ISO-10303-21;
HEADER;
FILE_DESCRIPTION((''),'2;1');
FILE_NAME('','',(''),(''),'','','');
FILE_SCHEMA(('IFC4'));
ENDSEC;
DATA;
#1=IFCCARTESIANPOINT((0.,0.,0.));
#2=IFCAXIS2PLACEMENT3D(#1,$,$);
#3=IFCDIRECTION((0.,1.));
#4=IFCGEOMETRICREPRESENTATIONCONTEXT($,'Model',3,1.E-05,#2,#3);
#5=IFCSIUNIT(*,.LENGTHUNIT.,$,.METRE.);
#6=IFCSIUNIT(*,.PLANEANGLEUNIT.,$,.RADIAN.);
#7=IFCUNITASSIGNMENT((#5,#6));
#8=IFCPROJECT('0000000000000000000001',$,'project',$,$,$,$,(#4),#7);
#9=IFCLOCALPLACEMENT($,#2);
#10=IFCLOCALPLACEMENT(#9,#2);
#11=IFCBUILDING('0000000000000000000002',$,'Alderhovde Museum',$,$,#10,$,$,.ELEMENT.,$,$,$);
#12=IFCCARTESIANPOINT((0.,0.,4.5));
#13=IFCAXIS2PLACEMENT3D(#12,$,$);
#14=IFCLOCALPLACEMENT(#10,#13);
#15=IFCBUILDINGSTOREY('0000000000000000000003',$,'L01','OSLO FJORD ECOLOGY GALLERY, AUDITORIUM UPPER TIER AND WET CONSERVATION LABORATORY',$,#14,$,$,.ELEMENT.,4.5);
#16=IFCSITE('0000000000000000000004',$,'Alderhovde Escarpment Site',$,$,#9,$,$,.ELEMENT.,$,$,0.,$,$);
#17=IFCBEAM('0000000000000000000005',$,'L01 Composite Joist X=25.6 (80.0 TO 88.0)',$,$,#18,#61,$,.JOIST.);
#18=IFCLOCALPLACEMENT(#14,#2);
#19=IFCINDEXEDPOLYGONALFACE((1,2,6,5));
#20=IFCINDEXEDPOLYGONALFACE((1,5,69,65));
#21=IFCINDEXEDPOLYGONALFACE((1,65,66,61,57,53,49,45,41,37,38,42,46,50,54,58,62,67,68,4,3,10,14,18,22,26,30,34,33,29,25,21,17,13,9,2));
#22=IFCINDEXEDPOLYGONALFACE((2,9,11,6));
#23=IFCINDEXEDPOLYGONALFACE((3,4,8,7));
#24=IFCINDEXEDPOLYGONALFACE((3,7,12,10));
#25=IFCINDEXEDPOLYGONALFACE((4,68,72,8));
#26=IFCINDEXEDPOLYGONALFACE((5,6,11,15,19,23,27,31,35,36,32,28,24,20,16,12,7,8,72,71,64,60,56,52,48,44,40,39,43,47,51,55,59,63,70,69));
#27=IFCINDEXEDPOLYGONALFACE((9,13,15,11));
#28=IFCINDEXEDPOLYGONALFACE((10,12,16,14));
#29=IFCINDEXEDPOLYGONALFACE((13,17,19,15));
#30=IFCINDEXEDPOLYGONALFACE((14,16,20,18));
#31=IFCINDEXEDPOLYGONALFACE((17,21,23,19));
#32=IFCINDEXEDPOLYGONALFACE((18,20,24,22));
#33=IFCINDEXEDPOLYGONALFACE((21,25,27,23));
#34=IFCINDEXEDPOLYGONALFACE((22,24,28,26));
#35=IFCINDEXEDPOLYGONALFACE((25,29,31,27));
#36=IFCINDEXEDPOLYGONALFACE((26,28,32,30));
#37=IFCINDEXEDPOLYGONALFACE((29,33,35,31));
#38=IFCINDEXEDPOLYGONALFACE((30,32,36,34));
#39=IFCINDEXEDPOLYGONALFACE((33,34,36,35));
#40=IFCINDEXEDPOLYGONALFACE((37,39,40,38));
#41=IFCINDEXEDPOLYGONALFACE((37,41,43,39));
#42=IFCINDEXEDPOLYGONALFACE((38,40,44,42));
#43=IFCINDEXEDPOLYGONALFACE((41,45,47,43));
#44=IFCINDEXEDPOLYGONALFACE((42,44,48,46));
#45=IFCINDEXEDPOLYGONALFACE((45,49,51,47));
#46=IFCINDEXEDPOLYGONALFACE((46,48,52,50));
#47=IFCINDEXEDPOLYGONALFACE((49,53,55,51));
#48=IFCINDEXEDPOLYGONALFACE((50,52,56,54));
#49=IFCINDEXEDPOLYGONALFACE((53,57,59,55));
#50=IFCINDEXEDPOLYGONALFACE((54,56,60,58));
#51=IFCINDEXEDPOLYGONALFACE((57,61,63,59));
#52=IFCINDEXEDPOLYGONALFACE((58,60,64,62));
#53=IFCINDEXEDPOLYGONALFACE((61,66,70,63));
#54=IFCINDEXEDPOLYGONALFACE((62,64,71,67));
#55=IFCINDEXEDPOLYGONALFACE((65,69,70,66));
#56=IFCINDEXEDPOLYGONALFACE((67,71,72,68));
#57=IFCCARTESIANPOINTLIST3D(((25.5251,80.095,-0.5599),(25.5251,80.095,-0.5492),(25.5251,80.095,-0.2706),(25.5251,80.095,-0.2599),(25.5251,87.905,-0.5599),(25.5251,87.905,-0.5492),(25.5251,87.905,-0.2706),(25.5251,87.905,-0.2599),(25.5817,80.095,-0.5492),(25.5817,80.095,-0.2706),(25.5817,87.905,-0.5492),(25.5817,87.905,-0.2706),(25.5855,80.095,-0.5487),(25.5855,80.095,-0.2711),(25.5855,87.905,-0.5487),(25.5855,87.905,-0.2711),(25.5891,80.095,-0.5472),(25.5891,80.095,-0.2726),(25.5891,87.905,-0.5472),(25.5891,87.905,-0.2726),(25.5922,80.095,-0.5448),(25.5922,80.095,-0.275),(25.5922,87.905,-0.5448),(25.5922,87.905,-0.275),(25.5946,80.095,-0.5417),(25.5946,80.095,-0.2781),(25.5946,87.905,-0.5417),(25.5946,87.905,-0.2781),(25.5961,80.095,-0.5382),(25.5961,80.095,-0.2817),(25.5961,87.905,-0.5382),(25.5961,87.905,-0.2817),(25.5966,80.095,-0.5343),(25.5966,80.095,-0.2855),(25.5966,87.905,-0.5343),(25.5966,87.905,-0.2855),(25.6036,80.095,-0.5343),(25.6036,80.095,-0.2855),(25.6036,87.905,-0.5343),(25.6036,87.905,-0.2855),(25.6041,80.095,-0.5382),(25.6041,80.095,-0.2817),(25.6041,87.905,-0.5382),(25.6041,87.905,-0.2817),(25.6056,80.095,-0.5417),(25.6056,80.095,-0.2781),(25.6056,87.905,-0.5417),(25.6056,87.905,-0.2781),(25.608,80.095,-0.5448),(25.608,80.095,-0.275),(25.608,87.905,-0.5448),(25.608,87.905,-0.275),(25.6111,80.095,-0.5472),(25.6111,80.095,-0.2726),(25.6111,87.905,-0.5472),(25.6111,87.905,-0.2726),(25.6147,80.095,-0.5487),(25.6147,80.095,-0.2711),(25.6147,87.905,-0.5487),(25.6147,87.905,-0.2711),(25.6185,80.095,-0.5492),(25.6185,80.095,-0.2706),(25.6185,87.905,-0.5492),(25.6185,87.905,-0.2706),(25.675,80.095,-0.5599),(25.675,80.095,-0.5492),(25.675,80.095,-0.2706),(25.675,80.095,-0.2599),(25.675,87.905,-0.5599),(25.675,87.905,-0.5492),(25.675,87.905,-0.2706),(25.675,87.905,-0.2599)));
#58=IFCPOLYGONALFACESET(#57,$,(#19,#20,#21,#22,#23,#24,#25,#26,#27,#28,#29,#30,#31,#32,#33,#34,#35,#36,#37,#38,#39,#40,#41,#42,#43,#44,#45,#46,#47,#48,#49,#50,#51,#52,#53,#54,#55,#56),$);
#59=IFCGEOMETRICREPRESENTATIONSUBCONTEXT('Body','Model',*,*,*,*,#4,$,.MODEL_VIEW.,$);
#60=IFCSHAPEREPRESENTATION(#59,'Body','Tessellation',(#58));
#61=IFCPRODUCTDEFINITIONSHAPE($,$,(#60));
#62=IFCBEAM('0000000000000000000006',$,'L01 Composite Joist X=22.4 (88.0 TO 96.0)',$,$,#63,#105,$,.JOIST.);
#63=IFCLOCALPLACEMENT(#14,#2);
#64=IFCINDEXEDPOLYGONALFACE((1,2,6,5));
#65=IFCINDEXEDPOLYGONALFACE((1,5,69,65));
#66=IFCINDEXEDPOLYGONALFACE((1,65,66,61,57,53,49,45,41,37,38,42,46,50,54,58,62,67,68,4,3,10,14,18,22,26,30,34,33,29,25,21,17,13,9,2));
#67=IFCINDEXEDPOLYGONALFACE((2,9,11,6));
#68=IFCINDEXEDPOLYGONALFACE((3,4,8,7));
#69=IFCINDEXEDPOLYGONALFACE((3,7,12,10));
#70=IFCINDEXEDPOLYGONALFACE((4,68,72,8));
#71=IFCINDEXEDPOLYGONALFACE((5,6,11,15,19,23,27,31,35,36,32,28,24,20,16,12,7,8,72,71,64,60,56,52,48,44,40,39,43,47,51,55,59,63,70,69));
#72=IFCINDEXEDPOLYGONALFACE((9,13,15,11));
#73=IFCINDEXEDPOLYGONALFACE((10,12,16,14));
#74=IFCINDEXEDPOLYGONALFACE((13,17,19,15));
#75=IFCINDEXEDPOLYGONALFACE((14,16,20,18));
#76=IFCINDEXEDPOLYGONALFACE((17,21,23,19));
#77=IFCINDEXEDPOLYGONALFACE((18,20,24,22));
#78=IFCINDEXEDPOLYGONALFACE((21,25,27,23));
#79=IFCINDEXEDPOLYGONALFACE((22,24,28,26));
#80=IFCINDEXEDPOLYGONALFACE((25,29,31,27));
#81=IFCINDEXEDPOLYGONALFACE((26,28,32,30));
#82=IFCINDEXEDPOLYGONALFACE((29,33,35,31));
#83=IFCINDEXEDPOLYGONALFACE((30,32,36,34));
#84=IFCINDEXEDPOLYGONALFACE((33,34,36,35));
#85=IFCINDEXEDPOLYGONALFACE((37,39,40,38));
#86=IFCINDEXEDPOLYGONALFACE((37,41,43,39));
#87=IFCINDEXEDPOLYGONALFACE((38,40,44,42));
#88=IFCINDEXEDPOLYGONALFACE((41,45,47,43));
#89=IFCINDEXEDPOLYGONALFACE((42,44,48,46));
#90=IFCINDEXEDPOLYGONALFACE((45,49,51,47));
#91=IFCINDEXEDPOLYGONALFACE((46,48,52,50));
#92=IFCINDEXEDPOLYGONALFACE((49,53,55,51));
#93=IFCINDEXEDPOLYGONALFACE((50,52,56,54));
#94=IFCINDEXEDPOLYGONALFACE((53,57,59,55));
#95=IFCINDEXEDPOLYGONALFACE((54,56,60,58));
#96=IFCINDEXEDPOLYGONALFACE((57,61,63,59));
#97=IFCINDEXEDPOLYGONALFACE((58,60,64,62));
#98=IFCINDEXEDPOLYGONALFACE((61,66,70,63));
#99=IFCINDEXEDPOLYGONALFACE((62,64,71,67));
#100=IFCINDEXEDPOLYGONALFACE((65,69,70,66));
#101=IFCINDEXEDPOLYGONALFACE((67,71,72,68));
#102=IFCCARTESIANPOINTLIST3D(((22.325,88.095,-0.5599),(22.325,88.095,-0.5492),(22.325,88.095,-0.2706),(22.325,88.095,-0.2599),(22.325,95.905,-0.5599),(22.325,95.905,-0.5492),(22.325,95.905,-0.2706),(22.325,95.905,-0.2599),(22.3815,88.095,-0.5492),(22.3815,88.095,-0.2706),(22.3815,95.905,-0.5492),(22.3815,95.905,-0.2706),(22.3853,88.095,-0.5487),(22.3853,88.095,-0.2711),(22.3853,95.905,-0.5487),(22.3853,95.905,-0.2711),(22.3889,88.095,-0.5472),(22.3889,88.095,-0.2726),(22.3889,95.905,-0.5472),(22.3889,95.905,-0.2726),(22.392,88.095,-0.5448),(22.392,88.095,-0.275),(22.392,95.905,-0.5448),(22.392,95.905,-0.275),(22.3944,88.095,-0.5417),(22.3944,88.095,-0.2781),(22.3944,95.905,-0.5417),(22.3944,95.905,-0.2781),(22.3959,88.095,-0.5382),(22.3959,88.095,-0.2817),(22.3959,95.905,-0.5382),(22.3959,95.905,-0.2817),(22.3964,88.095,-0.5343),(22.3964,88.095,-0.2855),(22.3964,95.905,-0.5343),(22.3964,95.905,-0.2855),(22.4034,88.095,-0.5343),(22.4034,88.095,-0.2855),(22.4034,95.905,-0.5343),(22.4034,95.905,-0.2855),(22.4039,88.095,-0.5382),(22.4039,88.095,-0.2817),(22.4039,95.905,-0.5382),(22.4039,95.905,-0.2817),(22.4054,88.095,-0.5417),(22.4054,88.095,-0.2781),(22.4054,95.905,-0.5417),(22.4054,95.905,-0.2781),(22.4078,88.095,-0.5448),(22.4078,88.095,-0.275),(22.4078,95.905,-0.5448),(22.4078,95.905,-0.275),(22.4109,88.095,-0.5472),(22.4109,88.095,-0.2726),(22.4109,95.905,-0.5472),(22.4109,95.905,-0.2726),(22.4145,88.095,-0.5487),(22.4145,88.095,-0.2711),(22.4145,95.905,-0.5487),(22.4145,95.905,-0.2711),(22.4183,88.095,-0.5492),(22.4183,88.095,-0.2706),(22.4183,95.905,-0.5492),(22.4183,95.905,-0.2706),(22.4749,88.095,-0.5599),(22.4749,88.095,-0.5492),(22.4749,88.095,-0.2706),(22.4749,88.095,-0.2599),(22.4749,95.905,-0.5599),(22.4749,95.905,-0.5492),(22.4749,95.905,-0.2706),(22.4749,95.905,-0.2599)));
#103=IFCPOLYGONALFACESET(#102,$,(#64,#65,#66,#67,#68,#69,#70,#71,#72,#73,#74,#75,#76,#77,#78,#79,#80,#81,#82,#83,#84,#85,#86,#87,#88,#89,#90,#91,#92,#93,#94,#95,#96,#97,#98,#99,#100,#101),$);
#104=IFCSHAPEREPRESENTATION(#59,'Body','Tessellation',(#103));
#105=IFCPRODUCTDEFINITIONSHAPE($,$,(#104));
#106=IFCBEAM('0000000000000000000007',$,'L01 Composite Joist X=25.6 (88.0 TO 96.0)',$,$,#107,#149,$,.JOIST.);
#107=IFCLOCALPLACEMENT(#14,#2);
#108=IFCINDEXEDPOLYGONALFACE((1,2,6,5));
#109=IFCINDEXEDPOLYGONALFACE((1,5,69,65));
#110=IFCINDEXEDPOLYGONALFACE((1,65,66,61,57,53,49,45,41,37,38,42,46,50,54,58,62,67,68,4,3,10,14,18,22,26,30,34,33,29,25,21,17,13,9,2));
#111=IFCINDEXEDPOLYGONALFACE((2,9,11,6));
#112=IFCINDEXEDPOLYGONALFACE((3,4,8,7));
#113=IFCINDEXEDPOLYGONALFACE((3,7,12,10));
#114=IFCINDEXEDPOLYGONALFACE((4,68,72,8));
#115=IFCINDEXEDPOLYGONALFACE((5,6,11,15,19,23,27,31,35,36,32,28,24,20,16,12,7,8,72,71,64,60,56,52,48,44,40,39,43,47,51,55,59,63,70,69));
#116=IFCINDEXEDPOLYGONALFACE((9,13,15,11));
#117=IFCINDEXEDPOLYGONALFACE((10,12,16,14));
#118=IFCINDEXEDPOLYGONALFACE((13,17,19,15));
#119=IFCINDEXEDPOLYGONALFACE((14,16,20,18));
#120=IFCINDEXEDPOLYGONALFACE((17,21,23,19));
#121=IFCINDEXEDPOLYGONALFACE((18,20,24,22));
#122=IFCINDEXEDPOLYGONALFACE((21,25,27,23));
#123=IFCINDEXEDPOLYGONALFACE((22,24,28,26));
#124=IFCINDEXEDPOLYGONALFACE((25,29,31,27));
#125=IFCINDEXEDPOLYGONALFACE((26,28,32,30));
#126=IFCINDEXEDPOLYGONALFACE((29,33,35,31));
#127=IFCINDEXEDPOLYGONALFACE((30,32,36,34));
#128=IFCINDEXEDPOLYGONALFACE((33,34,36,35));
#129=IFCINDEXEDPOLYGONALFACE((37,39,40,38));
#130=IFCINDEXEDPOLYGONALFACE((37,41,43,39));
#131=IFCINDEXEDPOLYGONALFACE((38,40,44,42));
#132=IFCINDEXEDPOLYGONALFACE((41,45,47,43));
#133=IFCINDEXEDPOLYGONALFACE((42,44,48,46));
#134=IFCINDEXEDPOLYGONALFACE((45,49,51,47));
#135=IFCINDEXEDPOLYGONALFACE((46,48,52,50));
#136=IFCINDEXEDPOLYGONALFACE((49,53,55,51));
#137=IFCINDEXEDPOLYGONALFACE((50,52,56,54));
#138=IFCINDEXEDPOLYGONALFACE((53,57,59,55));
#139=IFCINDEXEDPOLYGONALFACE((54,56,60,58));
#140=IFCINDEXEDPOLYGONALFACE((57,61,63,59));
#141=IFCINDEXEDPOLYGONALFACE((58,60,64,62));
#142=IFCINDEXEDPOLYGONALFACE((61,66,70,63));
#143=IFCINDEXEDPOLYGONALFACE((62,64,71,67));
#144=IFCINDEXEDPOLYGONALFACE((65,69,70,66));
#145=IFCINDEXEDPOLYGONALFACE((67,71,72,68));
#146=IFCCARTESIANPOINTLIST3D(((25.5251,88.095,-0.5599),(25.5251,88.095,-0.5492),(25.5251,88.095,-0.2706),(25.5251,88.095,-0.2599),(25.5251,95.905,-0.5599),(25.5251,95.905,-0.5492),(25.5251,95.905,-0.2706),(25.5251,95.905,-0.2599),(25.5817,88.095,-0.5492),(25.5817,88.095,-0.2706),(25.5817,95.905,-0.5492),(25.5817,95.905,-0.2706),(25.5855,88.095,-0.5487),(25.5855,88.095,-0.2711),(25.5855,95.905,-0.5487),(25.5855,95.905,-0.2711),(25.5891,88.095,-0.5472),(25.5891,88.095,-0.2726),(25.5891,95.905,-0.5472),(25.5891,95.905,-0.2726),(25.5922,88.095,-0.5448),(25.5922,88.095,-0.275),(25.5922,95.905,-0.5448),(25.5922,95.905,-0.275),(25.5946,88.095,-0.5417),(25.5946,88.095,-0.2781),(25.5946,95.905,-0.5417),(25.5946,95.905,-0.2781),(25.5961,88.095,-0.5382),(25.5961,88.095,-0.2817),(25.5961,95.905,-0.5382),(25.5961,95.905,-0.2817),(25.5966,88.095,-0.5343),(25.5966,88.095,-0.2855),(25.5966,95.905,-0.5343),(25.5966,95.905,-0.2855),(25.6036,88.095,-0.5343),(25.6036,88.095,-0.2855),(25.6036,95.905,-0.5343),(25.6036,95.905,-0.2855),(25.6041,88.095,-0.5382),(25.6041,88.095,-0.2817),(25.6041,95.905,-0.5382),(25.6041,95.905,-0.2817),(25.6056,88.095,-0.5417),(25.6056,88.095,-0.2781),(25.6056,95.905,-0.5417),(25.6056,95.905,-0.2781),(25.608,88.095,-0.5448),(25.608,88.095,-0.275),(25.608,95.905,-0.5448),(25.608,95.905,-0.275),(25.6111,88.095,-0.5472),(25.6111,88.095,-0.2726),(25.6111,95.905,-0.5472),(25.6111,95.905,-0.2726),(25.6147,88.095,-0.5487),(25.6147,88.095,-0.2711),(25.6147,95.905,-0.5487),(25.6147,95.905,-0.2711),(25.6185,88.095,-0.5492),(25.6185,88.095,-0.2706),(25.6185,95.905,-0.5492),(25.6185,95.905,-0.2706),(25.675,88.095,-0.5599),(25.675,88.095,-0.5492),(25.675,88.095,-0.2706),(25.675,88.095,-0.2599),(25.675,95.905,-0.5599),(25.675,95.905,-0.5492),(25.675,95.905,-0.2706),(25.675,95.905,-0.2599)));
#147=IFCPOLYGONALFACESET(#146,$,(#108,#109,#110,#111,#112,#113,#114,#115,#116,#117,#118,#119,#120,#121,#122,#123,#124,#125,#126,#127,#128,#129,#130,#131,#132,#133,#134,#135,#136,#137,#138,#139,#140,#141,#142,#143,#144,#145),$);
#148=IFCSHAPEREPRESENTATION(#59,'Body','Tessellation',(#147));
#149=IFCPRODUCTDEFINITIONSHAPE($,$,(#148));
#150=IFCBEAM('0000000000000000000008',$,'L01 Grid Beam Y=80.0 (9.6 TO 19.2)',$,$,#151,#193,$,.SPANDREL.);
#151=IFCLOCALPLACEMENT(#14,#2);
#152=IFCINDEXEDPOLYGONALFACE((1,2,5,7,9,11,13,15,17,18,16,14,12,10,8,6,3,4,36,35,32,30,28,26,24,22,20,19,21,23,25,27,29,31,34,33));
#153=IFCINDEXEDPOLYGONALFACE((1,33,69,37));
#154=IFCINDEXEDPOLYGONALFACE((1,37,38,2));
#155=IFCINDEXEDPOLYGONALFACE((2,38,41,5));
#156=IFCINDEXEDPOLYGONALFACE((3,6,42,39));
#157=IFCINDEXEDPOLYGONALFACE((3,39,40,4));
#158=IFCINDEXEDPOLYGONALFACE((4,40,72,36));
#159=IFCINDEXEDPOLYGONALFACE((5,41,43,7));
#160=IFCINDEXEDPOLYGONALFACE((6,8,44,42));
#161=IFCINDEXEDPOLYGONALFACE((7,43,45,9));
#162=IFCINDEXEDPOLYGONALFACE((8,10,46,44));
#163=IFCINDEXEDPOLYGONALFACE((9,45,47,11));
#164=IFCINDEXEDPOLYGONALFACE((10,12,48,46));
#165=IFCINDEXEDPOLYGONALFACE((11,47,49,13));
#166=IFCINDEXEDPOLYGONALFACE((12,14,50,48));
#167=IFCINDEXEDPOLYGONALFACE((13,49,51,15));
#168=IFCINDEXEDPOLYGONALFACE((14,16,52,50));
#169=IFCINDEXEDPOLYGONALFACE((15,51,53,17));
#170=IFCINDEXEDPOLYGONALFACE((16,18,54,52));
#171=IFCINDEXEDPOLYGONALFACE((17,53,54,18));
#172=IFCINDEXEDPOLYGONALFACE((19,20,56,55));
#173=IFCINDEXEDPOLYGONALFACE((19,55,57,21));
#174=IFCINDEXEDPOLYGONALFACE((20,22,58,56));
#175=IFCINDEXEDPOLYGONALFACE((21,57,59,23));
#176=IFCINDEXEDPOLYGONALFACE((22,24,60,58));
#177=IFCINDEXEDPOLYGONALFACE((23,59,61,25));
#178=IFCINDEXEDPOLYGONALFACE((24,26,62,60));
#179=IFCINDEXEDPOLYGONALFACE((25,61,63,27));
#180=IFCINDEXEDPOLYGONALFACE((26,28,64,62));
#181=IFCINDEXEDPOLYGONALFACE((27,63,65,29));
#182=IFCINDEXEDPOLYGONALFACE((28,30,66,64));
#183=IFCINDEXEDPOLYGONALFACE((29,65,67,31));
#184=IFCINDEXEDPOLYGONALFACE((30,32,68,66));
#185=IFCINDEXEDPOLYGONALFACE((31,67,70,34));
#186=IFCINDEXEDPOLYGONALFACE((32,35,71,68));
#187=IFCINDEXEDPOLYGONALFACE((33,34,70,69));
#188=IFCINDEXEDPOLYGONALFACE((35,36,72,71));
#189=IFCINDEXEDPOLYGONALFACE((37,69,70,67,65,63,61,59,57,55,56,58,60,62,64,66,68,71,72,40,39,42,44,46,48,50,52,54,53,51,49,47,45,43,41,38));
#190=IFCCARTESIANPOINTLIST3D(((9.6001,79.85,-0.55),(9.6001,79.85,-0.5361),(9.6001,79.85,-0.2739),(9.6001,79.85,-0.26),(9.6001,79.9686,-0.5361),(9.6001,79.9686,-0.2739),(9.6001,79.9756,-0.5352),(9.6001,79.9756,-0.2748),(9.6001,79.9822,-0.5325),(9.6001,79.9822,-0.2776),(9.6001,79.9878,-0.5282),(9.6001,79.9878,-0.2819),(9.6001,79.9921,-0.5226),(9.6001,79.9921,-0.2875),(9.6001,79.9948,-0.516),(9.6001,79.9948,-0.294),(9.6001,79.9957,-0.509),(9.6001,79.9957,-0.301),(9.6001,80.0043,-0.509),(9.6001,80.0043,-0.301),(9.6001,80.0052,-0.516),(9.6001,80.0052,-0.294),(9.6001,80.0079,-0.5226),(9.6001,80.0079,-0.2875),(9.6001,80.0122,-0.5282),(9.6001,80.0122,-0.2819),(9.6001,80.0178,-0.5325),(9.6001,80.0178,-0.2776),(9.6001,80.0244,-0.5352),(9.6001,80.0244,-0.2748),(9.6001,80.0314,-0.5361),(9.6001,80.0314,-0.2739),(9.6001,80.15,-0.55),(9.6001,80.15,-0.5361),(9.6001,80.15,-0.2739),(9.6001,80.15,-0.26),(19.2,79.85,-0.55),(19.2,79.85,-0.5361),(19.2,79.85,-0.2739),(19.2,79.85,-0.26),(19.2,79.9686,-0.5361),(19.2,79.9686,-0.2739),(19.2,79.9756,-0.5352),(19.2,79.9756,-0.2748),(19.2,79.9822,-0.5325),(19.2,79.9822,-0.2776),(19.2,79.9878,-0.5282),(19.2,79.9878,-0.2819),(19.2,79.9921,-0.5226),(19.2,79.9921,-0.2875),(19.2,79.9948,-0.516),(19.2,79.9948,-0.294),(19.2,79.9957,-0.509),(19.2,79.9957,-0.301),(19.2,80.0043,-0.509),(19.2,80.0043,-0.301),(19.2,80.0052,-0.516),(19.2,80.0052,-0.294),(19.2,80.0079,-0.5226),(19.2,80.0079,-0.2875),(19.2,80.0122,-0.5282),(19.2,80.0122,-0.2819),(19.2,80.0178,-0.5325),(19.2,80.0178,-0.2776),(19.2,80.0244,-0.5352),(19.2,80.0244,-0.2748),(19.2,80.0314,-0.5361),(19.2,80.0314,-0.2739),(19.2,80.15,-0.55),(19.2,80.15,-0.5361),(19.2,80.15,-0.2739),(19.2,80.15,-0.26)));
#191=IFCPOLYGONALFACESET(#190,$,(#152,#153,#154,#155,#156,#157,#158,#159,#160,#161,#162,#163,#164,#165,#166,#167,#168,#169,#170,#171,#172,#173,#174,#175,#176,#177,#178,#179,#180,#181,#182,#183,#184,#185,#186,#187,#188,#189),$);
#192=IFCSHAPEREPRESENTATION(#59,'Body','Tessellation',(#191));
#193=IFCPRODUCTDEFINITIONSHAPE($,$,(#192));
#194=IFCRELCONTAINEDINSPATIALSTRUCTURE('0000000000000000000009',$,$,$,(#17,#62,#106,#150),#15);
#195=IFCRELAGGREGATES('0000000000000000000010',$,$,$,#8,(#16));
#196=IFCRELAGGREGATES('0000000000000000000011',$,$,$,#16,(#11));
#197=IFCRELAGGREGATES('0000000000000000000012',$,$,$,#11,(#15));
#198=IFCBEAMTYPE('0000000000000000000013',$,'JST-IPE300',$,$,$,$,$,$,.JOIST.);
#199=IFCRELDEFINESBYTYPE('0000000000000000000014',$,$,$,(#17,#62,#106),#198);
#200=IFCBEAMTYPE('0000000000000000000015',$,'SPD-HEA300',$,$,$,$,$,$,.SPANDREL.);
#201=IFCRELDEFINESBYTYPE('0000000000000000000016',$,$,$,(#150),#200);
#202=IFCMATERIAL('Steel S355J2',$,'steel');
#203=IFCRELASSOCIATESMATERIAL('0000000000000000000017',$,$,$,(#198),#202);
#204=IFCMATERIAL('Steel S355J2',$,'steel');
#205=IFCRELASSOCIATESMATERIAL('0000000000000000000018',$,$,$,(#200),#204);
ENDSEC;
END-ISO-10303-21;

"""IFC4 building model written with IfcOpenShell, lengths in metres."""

from ifc_helpers import new_model, si_unit, direction, frame, origin, origin_2d, place, context, subcontext, project, spatial, i_section, extrude, material, material_profile, profile_set, type_object, element, save


model = new_model("IFC4")

# Units and contexts
model_context = context("Model", 3, precision=1e-05, world=origin(), true_north=direction((0.0, 1.0)))
body_context = subcontext(model_context, "Body", "Model", "MODEL_VIEW")
ifc_project = project(units=[si_unit("LENGTHUNIT", "METRE"), si_unit("PLANEANGLEUNIT", "RADIAN")], contexts=[model_context])

# Site, building, storey
site_placement = place(None, origin())
site = spatial("IfcSite", under=ifc_project, at=site_placement, Name="Alderhovde Escarpment Site", CompositionType="ELEMENT", RefElevation=0.0)
building_placement = place(site_placement, origin())
building = spatial("IfcBuilding", under=site, at=building_placement, Name="Alderhovde Museum", CompositionType="ELEMENT")
storey_placement = place(building_placement, frame((0.0, 0.0, 4.5)))
storey = spatial("IfcBuildingStorey", under=building, at=storey_placement, Name="L01", Description="OSLO FJORD ECOLOGY GALLERY, AUDITORIUM UPPER TIER AND WET CONSERVATION LABORATORY", CompositionType="ELEMENT", Elevation=4.5)

# Beams
ifc_material_1 = material(Name="Steel S355J2", Category="steel")
ifc_material_profile_1 = material_profile(ifc_material_1, i_section(OverallWidth=0.1499, OverallDepth=0.3, WebThickness=0.0071, FlangeThickness=0.0107, FilletRadius=0.0149, at=origin_2d()), Name="IPE 300")
ifc_profile_set_1 = profile_set([ifc_material_profile_1], Name="Steel S355J2")
beam_type_1 = type_object("IfcBeamType", Name="JST-IPE300", PredefinedType="JOIST", material=ifc_profile_set_1)
for number, where, z_axis, x_axis, name in (
    (1, (25.6001, 80.095, -0.4099), (0.0, 1.0, 0.0), (-1.0, 0.0, 0.0), "L01 Composite Joist X=25.6 (80.0 TO 88.0)"),
    (2, (22.3999, 88.095, -0.4099), (0.0, 1.0, 0.0), (-1.0, 0.0, 0.0), "L01 Composite Joist X=22.4 (88.0 TO 96.0)"),
    (3, (25.6001, 88.095, -0.4099), (0.0, 1.0, 0.0), (-1.0, 0.0, 0.0), "L01 Composite Joist X=25.6 (88.0 TO 96.0)"),
):
    element("IfcBeam", number, at=place(storey_placement, frame(where, z_axis=z_axis, x_axis=x_axis)), inside=storey, type_object=beam_type_1, Name=name, PredefinedType="JOIST", context=body_context, shape_type="SweptSolid", body=[
        extrude(i_section(OverallWidth=0.1499, OverallDepth=0.3, WebThickness=0.0071, FlangeThickness=0.0107, FilletRadius=0.0149, at=origin_2d()), origin(), (0.0, 0.0, 1.0), 7.8101),
    ])
ifc_material_2 = material(Name="Steel S355J2", Category="steel")
ifc_material_profile_2 = material_profile(ifc_material_2, i_section(OverallWidth=0.3, OverallDepth=0.29, WebThickness=0.0085, FlangeThickness=0.0139, FilletRadius=0.0271, at=origin_2d()), Name="HEA 300")
ifc_profile_set_2 = profile_set([ifc_material_profile_2], Name="Steel S355J2")
beam_type_2 = type_object("IfcBeamType", Name="SPD-HEA300", PredefinedType="SPANDREL", material=ifc_profile_set_2)
beam_1_placement = place(storey_placement, frame((9.6001, 80.0, -0.405), z_axis=(1.0, 0.0, 0.0), x_axis=(0.0, 1.0, 0.0)))
element("IfcBeam", 4, at=beam_1_placement, inside=storey, type_object=beam_type_2, Name="L01 Grid Beam Y=80.0 (9.6 TO 19.2)", PredefinedType="SPANDREL", context=body_context, shape_type="SweptSolid", body=[
    extrude(i_section(OverallWidth=0.3, OverallDepth=0.29, WebThickness=0.0085, FlangeThickness=0.0139, FilletRadius=0.0271, at=origin_2d()), origin(), (0.0, 0.0, 1.0), 9.5999),
])

save(model, "model.ifc")
